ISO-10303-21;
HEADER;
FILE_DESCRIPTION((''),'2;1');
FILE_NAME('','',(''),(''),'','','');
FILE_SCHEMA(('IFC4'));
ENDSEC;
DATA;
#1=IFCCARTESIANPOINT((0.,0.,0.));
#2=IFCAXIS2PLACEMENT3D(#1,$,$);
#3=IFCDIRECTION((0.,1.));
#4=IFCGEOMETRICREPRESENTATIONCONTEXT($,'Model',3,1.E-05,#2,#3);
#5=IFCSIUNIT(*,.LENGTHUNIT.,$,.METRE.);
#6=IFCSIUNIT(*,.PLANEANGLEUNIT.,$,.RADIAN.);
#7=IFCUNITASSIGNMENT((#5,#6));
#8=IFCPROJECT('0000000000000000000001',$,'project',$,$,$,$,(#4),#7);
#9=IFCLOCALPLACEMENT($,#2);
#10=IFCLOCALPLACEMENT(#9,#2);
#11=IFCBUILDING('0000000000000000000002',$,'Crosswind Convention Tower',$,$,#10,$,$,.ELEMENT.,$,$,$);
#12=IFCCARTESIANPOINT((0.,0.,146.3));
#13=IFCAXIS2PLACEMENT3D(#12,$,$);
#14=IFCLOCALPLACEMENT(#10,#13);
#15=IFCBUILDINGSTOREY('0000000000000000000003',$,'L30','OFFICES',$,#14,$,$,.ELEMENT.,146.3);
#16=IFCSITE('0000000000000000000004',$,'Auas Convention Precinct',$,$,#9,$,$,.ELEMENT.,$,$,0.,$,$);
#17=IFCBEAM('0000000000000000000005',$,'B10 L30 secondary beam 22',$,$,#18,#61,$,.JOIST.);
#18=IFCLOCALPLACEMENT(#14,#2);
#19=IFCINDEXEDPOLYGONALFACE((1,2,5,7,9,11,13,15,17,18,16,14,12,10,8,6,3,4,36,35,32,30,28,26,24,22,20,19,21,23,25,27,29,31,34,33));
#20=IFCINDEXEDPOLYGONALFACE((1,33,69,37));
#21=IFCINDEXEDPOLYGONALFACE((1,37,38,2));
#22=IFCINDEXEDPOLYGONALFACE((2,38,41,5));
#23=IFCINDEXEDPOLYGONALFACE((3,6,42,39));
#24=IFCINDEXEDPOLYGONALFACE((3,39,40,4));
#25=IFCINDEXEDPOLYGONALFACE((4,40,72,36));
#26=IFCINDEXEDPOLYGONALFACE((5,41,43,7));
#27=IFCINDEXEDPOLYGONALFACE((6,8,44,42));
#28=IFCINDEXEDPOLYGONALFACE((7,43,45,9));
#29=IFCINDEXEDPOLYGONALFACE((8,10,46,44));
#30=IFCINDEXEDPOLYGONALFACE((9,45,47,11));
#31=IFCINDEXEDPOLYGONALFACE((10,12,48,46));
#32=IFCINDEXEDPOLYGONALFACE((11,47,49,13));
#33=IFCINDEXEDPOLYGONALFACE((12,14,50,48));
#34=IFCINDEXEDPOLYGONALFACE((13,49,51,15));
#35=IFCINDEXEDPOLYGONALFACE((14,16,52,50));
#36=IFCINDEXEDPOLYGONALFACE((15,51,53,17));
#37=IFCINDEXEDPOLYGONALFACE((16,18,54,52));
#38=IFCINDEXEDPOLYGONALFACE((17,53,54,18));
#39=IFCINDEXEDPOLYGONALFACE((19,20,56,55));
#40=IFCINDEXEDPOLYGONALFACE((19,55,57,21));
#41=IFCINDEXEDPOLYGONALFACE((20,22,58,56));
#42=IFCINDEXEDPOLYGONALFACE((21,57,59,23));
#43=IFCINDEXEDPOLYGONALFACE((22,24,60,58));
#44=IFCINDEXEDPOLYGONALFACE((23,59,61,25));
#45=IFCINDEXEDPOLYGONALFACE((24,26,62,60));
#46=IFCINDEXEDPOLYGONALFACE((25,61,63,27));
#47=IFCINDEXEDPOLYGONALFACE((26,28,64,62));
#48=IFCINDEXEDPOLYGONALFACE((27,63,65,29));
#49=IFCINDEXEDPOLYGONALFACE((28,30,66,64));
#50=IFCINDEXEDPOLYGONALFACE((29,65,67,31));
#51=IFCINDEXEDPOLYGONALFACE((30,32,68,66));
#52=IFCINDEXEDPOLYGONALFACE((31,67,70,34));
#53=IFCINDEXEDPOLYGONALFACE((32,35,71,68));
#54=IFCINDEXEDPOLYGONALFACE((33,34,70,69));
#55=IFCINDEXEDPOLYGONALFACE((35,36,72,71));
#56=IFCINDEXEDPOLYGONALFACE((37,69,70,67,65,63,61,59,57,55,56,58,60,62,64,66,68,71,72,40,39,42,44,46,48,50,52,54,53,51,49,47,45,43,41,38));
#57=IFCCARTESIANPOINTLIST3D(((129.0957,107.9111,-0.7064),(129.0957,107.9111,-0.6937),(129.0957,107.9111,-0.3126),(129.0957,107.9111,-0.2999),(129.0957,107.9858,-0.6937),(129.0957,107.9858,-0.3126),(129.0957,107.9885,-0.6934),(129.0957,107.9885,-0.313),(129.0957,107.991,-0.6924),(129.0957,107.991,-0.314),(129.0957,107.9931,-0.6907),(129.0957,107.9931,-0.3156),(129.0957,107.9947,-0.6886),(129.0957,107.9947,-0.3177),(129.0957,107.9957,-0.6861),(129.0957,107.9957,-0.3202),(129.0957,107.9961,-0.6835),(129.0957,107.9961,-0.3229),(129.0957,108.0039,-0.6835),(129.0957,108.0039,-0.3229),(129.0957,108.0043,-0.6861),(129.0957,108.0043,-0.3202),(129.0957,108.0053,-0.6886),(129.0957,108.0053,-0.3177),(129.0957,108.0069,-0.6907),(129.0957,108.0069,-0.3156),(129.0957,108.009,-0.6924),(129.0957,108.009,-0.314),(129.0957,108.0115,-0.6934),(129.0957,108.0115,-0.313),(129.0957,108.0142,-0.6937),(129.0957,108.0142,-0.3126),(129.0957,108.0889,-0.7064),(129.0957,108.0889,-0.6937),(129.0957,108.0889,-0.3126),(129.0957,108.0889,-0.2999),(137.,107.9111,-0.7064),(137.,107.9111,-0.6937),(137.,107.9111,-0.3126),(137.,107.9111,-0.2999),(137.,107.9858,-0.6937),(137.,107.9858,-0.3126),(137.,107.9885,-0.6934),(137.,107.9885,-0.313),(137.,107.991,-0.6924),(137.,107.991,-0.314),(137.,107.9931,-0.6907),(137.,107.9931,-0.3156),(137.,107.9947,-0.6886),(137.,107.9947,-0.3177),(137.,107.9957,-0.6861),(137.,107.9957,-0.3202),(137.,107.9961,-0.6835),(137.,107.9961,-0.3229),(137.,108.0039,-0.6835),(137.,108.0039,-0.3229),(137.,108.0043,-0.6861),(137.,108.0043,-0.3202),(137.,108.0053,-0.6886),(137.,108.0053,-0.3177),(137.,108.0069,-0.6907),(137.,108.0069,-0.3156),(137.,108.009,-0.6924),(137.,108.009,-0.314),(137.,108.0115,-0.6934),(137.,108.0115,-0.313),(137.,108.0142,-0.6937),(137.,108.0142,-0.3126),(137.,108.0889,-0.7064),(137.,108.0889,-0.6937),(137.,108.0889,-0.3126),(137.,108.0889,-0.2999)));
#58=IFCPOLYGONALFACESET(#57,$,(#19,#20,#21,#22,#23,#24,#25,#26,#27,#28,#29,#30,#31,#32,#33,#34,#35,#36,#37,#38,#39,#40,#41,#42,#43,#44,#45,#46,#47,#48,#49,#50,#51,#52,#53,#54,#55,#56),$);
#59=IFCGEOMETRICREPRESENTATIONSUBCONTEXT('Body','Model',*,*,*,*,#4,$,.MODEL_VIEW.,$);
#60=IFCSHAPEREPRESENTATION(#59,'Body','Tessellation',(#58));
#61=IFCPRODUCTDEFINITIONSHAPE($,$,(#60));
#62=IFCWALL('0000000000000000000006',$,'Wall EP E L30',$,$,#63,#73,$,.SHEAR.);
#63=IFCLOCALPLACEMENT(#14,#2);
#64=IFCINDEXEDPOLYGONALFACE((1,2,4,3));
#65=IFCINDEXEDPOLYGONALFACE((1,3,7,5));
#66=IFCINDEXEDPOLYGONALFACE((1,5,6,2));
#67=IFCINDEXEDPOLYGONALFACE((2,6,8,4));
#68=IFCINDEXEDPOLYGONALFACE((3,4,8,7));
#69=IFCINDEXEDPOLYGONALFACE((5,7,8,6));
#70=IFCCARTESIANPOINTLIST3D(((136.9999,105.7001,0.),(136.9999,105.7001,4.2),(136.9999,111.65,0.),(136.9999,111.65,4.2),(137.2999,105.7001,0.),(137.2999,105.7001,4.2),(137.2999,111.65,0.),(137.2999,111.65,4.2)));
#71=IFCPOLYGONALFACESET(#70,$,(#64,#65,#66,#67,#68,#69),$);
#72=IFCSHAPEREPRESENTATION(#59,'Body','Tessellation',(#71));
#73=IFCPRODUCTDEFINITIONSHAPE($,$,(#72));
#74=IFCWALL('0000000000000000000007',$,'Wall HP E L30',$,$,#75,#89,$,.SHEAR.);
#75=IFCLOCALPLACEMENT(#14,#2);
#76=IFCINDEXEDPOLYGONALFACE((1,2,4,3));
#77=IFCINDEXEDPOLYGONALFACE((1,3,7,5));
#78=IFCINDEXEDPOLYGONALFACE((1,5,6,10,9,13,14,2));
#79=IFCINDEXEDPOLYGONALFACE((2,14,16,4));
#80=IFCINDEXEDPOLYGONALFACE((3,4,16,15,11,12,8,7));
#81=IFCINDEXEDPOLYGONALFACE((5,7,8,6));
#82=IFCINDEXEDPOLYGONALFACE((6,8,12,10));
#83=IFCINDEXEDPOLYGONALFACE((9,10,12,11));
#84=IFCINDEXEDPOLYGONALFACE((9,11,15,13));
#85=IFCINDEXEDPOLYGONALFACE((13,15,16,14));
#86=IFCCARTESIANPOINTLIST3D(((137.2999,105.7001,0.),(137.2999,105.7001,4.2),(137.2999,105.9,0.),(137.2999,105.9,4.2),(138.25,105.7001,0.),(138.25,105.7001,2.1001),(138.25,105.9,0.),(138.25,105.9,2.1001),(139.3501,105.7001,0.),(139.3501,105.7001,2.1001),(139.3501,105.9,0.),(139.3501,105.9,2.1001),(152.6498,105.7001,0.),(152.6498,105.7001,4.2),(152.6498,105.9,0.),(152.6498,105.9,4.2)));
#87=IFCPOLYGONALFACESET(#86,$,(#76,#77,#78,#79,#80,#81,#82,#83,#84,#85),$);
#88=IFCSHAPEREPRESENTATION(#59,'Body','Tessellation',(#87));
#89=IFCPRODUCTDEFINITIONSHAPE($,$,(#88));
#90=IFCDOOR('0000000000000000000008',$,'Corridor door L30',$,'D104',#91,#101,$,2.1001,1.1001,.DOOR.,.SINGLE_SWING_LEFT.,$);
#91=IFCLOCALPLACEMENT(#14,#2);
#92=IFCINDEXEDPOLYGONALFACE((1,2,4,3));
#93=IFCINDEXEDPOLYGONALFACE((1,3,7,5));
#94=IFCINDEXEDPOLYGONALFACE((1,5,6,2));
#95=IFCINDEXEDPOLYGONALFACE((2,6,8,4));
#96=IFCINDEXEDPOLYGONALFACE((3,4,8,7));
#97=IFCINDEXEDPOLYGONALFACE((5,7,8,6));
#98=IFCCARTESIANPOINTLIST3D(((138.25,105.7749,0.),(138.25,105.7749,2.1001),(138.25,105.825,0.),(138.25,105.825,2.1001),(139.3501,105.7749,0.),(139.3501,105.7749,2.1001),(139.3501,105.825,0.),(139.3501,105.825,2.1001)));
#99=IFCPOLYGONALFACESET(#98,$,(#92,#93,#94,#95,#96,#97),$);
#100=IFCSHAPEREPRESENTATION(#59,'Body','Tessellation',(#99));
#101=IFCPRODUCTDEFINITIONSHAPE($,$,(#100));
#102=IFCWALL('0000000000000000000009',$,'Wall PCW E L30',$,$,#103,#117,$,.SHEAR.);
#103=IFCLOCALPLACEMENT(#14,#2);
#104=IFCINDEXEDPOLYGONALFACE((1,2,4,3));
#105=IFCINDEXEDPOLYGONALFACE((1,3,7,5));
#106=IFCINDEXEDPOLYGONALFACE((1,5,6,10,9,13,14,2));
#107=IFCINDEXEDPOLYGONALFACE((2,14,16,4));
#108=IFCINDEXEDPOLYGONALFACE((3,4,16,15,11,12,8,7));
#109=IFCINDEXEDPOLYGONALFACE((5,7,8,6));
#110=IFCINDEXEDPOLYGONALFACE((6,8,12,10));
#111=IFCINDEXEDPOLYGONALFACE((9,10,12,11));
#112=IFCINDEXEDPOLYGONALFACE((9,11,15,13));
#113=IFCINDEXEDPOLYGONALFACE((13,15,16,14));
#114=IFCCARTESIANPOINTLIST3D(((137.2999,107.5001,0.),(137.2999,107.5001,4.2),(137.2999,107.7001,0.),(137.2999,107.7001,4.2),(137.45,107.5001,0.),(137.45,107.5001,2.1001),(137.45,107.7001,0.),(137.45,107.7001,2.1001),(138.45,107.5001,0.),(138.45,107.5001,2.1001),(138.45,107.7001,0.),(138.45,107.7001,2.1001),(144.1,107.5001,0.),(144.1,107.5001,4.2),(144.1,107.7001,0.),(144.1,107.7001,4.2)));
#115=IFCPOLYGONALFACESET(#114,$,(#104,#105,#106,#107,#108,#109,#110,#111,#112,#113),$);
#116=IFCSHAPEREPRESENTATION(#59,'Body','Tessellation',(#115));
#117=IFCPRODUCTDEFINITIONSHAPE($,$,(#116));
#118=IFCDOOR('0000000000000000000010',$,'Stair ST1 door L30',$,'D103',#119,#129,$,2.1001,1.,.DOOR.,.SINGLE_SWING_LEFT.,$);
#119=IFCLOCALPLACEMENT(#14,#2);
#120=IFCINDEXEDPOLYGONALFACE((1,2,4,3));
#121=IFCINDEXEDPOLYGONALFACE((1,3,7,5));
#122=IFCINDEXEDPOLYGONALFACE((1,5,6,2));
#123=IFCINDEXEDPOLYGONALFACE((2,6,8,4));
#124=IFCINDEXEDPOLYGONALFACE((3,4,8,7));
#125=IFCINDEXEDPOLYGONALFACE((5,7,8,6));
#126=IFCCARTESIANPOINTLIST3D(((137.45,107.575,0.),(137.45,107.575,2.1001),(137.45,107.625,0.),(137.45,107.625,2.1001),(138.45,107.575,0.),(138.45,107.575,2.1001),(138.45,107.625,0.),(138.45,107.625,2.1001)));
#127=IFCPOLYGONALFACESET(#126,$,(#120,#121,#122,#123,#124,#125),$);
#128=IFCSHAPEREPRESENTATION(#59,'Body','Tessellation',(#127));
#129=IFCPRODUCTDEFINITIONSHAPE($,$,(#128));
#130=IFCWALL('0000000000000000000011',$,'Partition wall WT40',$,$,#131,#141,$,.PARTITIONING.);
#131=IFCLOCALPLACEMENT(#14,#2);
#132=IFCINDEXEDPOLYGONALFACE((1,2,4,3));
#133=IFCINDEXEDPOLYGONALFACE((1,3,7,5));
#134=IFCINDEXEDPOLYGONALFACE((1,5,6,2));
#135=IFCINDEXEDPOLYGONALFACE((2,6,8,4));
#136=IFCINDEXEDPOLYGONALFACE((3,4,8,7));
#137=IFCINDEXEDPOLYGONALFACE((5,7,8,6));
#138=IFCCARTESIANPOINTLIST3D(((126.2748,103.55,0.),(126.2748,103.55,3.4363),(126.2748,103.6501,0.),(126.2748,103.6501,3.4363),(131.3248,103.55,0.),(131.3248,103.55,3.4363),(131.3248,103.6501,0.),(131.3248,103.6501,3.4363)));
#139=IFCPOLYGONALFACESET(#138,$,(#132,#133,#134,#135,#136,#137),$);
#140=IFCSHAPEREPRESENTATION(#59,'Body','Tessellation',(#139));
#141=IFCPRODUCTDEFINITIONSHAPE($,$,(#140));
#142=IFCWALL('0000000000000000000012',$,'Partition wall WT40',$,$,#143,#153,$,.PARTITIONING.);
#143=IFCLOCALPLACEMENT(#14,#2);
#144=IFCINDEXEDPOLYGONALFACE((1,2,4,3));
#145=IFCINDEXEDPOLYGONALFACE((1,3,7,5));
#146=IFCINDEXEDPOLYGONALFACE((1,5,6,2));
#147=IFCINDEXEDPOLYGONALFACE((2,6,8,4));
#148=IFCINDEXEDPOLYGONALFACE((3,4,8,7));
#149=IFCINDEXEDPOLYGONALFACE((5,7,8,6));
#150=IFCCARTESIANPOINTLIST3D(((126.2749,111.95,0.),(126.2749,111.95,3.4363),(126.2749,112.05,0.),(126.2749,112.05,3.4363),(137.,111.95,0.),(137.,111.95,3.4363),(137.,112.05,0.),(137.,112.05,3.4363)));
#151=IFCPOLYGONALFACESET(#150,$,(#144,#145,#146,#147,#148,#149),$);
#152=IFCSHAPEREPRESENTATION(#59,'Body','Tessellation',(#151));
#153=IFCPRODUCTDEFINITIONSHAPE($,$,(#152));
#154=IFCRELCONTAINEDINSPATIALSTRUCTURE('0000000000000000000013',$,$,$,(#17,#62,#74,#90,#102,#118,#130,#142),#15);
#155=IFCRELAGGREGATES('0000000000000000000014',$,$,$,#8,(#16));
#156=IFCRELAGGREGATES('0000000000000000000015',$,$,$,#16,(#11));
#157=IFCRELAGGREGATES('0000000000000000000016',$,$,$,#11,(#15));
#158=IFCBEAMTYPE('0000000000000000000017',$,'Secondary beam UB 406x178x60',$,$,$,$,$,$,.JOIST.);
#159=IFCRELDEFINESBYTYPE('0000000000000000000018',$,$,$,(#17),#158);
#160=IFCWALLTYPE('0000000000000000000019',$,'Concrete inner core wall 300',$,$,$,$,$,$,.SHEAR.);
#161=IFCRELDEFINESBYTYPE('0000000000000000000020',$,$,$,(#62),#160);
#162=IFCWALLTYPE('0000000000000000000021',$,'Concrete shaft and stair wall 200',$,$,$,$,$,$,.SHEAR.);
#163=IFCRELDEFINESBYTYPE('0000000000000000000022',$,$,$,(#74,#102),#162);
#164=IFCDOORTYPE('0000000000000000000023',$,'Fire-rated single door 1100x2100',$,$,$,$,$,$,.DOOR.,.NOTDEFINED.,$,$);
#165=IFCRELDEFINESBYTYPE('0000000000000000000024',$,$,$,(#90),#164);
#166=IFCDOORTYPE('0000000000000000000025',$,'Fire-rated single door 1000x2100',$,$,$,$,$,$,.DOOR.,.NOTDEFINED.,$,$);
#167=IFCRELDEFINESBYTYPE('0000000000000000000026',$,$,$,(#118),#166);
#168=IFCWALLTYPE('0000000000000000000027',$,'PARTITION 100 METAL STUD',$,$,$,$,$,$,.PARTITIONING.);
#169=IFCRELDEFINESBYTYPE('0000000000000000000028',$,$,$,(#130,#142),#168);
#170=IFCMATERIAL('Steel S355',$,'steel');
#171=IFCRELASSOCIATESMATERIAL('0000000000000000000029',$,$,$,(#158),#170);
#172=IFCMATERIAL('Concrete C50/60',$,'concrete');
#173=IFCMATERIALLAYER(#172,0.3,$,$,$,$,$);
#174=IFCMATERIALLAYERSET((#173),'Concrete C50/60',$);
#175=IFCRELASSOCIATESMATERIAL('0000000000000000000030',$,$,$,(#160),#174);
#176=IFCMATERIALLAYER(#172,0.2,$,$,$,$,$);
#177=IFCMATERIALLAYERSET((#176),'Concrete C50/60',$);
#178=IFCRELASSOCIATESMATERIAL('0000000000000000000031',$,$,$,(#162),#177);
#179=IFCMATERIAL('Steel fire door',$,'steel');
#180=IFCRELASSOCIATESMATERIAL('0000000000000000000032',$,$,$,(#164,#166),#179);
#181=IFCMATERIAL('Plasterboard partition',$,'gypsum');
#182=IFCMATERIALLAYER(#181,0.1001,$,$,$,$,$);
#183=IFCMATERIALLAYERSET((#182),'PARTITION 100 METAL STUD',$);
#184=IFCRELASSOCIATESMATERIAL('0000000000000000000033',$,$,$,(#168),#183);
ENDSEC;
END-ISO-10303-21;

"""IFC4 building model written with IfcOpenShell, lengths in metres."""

from ifc_helpers import new_model, si_unit, direction, frame, frame_2d, origin, origin_2d, place, context, subcontext, project, spatial, rectangle, i_section, extrude, material, layer, layer_set, material_profile, profile_set, type_object, element, fill, save


model = new_model("IFC4")

# Units and contexts
model_context = context("Model", 3, precision=1e-05, world=origin(), true_north=direction((0.0, 1.0)))
body_context = subcontext(model_context, "Body", "Model", "MODEL_VIEW")
ifc_project = project(units=[si_unit("LENGTHUNIT", "METRE"), si_unit("PLANEANGLEUNIT", "RADIAN")], contexts=[model_context])

# Site, building, storey
site_placement = place(None, origin())
site = spatial("IfcSite", under=ifc_project, at=site_placement, Name="Auas Convention Precinct", CompositionType="ELEMENT", RefElevation=0.0)
building_placement = place(site_placement, origin())
building = spatial("IfcBuilding", under=site, at=building_placement, Name="Crosswind Convention Tower", CompositionType="ELEMENT")
storey_placement = place(building_placement, frame((0.0, 0.0, 146.3)))
storey = spatial("IfcBuildingStorey", under=building, at=storey_placement, Name="L30", Description="OFFICES", CompositionType="ELEMENT", Elevation=146.3)

# Beam
ifc_material_1 = material(Name="Steel S355", Category="steel")
ifc_material_profile_1 = material_profile(ifc_material_1, i_section(OverallWidth=0.1777, OverallDepth=0.4065, WebThickness=0.0078, FlangeThickness=0.0127, FilletRadius=0.0103, at=origin_2d()), Name="UB 406x178x60")
ifc_profile_set_1 = profile_set([ifc_material_profile_1], Name="Steel S355")
beam_type_1 = type_object("IfcBeamType", Name="Secondary beam UB 406x178x60", PredefinedType="JOIST", material=ifc_profile_set_1)
for number, where, z_axis, x_axis, name in (
    (1, (129.0957, 108.0, -0.5032), (1.0, 0.0, 0.0), (0.0, 1.0, 0.0), "B10 L30 secondary beam 22"),
):
    element("IfcBeam", number, at=place(storey_placement, frame(where, z_axis=z_axis, x_axis=x_axis)), inside=storey, type_object=beam_type_1, Name=name, PredefinedType="JOIST", context=body_context, shape_type="SweptSolid", body=[
        extrude(i_section(OverallWidth=0.1777, OverallDepth=0.4065, WebThickness=0.0078, FlangeThickness=0.0127, FilletRadius=0.0103, at=origin_2d()), origin(), (0.0, 0.0, 1.0), 7.9043),
    ])

# Wall
ifc_material_2 = material(Name="Concrete C50/60", Category="concrete")
ifc_layer_1 = layer(ifc_material_2, 0.3)
ifc_layer_set_1 = layer_set([ifc_layer_1], Name="Concrete C50/60")
wall_type_1 = type_object("IfcWallType", Name="Concrete inner core wall 300", PredefinedType="SHEAR", material=ifc_layer_set_1)
wall_1_placement = place(storey_placement, frame((137.1499, 105.7, 0.0), z_axis=(0.0, 0.0, 1.0), x_axis=(0.0, 1.0, 0.0)))
element("IfcWall", 2, at=wall_1_placement, inside=storey, type_object=wall_type_1, Name="Wall EP E L30", PredefinedType="SHEAR", context=body_context, shape_type="SweptSolid", body=[
    extrude(rectangle(XDim=5.95, YDim=0.3, at=frame_2d((2.9751, 0.0))), origin(), (0.0, 0.0, 1.0), 4.2),
])

# Walls, openings, doors
ifc_layer_2 = layer(ifc_material_2, 0.2)
ifc_layer_set_2 = layer_set([ifc_layer_2], Name="Concrete C50/60")
wall_type_2 = type_object("IfcWallType", Name="Concrete shaft and stair wall 200", PredefinedType="SHEAR", material=ifc_layer_set_2)
wall_2_placement = place(storey_placement, frame((137.3, 105.8, 0.0), z_axis=(0.0, 0.0, 1.0), x_axis=(1.0, 0.0, 0.0)))
wall_2 = element("IfcWall", 3, at=wall_2_placement, inside=storey, type_object=wall_type_2, Name="Wall HP E L30", PredefinedType="SHEAR", context=body_context, shape_type="SweptSolid", body=[
    extrude(rectangle(XDim=15.3499, YDim=0.2, at=frame_2d((7.6748, 0.0))), origin(), (0.0, 0.0, 1.0), 4.2),
])
opening_1_placement = place(wall_2_placement, frame((0.95, 0.0, 0.0)))
opening_1 = element("IfcOpeningElement", 4, at=opening_1_placement, cuts=wall_2, PredefinedType="OPENING", context=body_context, shape_type="SweptSolid", body=[
    extrude(rectangle(XDim=1.1001, YDim=2.1001, at=frame_2d((0.55, 1.05))), frame((0.0, 0.1099, 0.0), z_axis=(0.0, -1.0, 0.0), x_axis=(1.0, 0.0, 0.0)), (0.0, 0.0, 1.0), 0.22),
])
ifc_material_3 = material(Name="Steel fire door", Category="steel")
door_type_1 = type_object("IfcDoorType", Name="Fire-rated single door 1100x2100", OperationType="NOTDEFINED", PredefinedType="DOOR", material=ifc_material_3)
door_1_placement = place(opening_1_placement, origin())
door_1 = element("IfcDoor", 5, at=door_1_placement, inside=storey, type_object=door_type_1, Name="Corridor door L30", ObjectType="D104", OperationType="SINGLE_SWING_LEFT", OverallHeight=2.1001, OverallWidth=1.1001, PredefinedType="DOOR", context=body_context, shape_type="SweptSolid", body=[
    extrude(rectangle(XDim=1.1001, YDim=2.1001, at=frame_2d((0.55, 1.05))), frame((0.0, 0.0249, 0.0), z_axis=(0.0, -1.0, 0.0), x_axis=(1.0, 0.0, 0.0)), (0.0, 0.0, 1.0), 0.05),
])
fill(opening_1, door_1)
wall_3_placement = place(storey_placement, frame((137.3, 107.6001, 0.0), z_axis=(0.0, 0.0, 1.0), x_axis=(1.0, 0.0, 0.0)))
wall_3 = element("IfcWall", 6, at=wall_3_placement, inside=storey, type_object=wall_type_2, Name="Wall PCW E L30", PredefinedType="SHEAR", context=body_context, shape_type="SweptSolid", body=[
    extrude(rectangle(XDim=6.8, YDim=0.2, at=frame_2d((3.3999, 0.0))), origin(), (0.0, 0.0, 1.0), 4.2),
])
opening_2_placement = place(wall_3_placement, frame((0.1499, 0.0, 0.0)))
opening_2 = element("IfcOpeningElement", 7, at=opening_2_placement, cuts=wall_3, PredefinedType="OPENING", context=body_context, shape_type="SweptSolid", body=[
    extrude(rectangle(XDim=1.0, YDim=2.1001, at=frame_2d((0.5, 1.05))), frame((0.0, 0.1099, 0.0), z_axis=(0.0, -1.0, 0.0), x_axis=(1.0, 0.0, 0.0)), (0.0, 0.0, 1.0), 0.22),
])
door_type_2 = type_object("IfcDoorType", Name="Fire-rated single door 1000x2100", OperationType="NOTDEFINED", PredefinedType="DOOR", material=ifc_material_3)
door_2_placement = place(opening_2_placement, origin())
door_2 = element("IfcDoor", 8, at=door_2_placement, inside=storey, type_object=door_type_2, Name="Stair ST1 door L30", ObjectType="D103", OperationType="SINGLE_SWING_LEFT", OverallHeight=2.1001, OverallWidth=1.0, PredefinedType="DOOR", context=body_context, shape_type="SweptSolid", body=[
    extrude(rectangle(XDim=1.0, YDim=2.1001, at=frame_2d((0.5, 1.05))), frame((0.0, 0.0249, 0.0), z_axis=(0.0, -1.0, 0.0), x_axis=(1.0, 0.0, 0.0)), (0.0, 0.0, 1.0), 0.05),
])
fill(opening_2, door_2)

# Walls
ifc_material_4 = material(Name="Plasterboard partition", Category="gypsum")
ifc_layer_3 = layer(ifc_material_4, 0.1001)
ifc_layer_set_3 = layer_set([ifc_layer_3], Name="PARTITION 100 METAL STUD")
wall_type_3 = type_object("IfcWallType", Name="PARTITION 100 METAL STUD", PredefinedType="PARTITIONING", material=ifc_layer_set_3)
wall_4_placement = place(storey_placement, frame((126.2749, 103.6001, 0.0), z_axis=(0.0, 0.0, 1.0), x_axis=(1.0, 0.0, 0.0)))
element("IfcWall", 9, at=wall_4_placement, inside=storey, type_object=wall_type_3, Name="Partition wall WT40", PredefinedType="PARTITIONING", context=body_context, shape_type="SweptSolid", body=[
    extrude(rectangle(XDim=5.05, YDim=0.1001, at=frame_2d((2.5249, 0.0))), origin(), (0.0, 0.0, 1.0), 3.4363),
])
wall_5_placement = place(storey_placement, frame((126.2749, 112.0, 0.0), z_axis=(0.0, 0.0, 1.0), x_axis=(1.0, 0.0, 0.0)))
element("IfcWall", 10, at=wall_5_placement, inside=storey, type_object=wall_type_3, Name="Partition wall WT40", PredefinedType="PARTITIONING", context=body_context, shape_type="SweptSolid", body=[
    extrude(rectangle(XDim=10.7251, YDim=0.1001, at=frame_2d((5.3625, 0.0))), origin(), (0.0, 0.0, 1.0), 3.4363),
])

save(model, "model.ifc")
